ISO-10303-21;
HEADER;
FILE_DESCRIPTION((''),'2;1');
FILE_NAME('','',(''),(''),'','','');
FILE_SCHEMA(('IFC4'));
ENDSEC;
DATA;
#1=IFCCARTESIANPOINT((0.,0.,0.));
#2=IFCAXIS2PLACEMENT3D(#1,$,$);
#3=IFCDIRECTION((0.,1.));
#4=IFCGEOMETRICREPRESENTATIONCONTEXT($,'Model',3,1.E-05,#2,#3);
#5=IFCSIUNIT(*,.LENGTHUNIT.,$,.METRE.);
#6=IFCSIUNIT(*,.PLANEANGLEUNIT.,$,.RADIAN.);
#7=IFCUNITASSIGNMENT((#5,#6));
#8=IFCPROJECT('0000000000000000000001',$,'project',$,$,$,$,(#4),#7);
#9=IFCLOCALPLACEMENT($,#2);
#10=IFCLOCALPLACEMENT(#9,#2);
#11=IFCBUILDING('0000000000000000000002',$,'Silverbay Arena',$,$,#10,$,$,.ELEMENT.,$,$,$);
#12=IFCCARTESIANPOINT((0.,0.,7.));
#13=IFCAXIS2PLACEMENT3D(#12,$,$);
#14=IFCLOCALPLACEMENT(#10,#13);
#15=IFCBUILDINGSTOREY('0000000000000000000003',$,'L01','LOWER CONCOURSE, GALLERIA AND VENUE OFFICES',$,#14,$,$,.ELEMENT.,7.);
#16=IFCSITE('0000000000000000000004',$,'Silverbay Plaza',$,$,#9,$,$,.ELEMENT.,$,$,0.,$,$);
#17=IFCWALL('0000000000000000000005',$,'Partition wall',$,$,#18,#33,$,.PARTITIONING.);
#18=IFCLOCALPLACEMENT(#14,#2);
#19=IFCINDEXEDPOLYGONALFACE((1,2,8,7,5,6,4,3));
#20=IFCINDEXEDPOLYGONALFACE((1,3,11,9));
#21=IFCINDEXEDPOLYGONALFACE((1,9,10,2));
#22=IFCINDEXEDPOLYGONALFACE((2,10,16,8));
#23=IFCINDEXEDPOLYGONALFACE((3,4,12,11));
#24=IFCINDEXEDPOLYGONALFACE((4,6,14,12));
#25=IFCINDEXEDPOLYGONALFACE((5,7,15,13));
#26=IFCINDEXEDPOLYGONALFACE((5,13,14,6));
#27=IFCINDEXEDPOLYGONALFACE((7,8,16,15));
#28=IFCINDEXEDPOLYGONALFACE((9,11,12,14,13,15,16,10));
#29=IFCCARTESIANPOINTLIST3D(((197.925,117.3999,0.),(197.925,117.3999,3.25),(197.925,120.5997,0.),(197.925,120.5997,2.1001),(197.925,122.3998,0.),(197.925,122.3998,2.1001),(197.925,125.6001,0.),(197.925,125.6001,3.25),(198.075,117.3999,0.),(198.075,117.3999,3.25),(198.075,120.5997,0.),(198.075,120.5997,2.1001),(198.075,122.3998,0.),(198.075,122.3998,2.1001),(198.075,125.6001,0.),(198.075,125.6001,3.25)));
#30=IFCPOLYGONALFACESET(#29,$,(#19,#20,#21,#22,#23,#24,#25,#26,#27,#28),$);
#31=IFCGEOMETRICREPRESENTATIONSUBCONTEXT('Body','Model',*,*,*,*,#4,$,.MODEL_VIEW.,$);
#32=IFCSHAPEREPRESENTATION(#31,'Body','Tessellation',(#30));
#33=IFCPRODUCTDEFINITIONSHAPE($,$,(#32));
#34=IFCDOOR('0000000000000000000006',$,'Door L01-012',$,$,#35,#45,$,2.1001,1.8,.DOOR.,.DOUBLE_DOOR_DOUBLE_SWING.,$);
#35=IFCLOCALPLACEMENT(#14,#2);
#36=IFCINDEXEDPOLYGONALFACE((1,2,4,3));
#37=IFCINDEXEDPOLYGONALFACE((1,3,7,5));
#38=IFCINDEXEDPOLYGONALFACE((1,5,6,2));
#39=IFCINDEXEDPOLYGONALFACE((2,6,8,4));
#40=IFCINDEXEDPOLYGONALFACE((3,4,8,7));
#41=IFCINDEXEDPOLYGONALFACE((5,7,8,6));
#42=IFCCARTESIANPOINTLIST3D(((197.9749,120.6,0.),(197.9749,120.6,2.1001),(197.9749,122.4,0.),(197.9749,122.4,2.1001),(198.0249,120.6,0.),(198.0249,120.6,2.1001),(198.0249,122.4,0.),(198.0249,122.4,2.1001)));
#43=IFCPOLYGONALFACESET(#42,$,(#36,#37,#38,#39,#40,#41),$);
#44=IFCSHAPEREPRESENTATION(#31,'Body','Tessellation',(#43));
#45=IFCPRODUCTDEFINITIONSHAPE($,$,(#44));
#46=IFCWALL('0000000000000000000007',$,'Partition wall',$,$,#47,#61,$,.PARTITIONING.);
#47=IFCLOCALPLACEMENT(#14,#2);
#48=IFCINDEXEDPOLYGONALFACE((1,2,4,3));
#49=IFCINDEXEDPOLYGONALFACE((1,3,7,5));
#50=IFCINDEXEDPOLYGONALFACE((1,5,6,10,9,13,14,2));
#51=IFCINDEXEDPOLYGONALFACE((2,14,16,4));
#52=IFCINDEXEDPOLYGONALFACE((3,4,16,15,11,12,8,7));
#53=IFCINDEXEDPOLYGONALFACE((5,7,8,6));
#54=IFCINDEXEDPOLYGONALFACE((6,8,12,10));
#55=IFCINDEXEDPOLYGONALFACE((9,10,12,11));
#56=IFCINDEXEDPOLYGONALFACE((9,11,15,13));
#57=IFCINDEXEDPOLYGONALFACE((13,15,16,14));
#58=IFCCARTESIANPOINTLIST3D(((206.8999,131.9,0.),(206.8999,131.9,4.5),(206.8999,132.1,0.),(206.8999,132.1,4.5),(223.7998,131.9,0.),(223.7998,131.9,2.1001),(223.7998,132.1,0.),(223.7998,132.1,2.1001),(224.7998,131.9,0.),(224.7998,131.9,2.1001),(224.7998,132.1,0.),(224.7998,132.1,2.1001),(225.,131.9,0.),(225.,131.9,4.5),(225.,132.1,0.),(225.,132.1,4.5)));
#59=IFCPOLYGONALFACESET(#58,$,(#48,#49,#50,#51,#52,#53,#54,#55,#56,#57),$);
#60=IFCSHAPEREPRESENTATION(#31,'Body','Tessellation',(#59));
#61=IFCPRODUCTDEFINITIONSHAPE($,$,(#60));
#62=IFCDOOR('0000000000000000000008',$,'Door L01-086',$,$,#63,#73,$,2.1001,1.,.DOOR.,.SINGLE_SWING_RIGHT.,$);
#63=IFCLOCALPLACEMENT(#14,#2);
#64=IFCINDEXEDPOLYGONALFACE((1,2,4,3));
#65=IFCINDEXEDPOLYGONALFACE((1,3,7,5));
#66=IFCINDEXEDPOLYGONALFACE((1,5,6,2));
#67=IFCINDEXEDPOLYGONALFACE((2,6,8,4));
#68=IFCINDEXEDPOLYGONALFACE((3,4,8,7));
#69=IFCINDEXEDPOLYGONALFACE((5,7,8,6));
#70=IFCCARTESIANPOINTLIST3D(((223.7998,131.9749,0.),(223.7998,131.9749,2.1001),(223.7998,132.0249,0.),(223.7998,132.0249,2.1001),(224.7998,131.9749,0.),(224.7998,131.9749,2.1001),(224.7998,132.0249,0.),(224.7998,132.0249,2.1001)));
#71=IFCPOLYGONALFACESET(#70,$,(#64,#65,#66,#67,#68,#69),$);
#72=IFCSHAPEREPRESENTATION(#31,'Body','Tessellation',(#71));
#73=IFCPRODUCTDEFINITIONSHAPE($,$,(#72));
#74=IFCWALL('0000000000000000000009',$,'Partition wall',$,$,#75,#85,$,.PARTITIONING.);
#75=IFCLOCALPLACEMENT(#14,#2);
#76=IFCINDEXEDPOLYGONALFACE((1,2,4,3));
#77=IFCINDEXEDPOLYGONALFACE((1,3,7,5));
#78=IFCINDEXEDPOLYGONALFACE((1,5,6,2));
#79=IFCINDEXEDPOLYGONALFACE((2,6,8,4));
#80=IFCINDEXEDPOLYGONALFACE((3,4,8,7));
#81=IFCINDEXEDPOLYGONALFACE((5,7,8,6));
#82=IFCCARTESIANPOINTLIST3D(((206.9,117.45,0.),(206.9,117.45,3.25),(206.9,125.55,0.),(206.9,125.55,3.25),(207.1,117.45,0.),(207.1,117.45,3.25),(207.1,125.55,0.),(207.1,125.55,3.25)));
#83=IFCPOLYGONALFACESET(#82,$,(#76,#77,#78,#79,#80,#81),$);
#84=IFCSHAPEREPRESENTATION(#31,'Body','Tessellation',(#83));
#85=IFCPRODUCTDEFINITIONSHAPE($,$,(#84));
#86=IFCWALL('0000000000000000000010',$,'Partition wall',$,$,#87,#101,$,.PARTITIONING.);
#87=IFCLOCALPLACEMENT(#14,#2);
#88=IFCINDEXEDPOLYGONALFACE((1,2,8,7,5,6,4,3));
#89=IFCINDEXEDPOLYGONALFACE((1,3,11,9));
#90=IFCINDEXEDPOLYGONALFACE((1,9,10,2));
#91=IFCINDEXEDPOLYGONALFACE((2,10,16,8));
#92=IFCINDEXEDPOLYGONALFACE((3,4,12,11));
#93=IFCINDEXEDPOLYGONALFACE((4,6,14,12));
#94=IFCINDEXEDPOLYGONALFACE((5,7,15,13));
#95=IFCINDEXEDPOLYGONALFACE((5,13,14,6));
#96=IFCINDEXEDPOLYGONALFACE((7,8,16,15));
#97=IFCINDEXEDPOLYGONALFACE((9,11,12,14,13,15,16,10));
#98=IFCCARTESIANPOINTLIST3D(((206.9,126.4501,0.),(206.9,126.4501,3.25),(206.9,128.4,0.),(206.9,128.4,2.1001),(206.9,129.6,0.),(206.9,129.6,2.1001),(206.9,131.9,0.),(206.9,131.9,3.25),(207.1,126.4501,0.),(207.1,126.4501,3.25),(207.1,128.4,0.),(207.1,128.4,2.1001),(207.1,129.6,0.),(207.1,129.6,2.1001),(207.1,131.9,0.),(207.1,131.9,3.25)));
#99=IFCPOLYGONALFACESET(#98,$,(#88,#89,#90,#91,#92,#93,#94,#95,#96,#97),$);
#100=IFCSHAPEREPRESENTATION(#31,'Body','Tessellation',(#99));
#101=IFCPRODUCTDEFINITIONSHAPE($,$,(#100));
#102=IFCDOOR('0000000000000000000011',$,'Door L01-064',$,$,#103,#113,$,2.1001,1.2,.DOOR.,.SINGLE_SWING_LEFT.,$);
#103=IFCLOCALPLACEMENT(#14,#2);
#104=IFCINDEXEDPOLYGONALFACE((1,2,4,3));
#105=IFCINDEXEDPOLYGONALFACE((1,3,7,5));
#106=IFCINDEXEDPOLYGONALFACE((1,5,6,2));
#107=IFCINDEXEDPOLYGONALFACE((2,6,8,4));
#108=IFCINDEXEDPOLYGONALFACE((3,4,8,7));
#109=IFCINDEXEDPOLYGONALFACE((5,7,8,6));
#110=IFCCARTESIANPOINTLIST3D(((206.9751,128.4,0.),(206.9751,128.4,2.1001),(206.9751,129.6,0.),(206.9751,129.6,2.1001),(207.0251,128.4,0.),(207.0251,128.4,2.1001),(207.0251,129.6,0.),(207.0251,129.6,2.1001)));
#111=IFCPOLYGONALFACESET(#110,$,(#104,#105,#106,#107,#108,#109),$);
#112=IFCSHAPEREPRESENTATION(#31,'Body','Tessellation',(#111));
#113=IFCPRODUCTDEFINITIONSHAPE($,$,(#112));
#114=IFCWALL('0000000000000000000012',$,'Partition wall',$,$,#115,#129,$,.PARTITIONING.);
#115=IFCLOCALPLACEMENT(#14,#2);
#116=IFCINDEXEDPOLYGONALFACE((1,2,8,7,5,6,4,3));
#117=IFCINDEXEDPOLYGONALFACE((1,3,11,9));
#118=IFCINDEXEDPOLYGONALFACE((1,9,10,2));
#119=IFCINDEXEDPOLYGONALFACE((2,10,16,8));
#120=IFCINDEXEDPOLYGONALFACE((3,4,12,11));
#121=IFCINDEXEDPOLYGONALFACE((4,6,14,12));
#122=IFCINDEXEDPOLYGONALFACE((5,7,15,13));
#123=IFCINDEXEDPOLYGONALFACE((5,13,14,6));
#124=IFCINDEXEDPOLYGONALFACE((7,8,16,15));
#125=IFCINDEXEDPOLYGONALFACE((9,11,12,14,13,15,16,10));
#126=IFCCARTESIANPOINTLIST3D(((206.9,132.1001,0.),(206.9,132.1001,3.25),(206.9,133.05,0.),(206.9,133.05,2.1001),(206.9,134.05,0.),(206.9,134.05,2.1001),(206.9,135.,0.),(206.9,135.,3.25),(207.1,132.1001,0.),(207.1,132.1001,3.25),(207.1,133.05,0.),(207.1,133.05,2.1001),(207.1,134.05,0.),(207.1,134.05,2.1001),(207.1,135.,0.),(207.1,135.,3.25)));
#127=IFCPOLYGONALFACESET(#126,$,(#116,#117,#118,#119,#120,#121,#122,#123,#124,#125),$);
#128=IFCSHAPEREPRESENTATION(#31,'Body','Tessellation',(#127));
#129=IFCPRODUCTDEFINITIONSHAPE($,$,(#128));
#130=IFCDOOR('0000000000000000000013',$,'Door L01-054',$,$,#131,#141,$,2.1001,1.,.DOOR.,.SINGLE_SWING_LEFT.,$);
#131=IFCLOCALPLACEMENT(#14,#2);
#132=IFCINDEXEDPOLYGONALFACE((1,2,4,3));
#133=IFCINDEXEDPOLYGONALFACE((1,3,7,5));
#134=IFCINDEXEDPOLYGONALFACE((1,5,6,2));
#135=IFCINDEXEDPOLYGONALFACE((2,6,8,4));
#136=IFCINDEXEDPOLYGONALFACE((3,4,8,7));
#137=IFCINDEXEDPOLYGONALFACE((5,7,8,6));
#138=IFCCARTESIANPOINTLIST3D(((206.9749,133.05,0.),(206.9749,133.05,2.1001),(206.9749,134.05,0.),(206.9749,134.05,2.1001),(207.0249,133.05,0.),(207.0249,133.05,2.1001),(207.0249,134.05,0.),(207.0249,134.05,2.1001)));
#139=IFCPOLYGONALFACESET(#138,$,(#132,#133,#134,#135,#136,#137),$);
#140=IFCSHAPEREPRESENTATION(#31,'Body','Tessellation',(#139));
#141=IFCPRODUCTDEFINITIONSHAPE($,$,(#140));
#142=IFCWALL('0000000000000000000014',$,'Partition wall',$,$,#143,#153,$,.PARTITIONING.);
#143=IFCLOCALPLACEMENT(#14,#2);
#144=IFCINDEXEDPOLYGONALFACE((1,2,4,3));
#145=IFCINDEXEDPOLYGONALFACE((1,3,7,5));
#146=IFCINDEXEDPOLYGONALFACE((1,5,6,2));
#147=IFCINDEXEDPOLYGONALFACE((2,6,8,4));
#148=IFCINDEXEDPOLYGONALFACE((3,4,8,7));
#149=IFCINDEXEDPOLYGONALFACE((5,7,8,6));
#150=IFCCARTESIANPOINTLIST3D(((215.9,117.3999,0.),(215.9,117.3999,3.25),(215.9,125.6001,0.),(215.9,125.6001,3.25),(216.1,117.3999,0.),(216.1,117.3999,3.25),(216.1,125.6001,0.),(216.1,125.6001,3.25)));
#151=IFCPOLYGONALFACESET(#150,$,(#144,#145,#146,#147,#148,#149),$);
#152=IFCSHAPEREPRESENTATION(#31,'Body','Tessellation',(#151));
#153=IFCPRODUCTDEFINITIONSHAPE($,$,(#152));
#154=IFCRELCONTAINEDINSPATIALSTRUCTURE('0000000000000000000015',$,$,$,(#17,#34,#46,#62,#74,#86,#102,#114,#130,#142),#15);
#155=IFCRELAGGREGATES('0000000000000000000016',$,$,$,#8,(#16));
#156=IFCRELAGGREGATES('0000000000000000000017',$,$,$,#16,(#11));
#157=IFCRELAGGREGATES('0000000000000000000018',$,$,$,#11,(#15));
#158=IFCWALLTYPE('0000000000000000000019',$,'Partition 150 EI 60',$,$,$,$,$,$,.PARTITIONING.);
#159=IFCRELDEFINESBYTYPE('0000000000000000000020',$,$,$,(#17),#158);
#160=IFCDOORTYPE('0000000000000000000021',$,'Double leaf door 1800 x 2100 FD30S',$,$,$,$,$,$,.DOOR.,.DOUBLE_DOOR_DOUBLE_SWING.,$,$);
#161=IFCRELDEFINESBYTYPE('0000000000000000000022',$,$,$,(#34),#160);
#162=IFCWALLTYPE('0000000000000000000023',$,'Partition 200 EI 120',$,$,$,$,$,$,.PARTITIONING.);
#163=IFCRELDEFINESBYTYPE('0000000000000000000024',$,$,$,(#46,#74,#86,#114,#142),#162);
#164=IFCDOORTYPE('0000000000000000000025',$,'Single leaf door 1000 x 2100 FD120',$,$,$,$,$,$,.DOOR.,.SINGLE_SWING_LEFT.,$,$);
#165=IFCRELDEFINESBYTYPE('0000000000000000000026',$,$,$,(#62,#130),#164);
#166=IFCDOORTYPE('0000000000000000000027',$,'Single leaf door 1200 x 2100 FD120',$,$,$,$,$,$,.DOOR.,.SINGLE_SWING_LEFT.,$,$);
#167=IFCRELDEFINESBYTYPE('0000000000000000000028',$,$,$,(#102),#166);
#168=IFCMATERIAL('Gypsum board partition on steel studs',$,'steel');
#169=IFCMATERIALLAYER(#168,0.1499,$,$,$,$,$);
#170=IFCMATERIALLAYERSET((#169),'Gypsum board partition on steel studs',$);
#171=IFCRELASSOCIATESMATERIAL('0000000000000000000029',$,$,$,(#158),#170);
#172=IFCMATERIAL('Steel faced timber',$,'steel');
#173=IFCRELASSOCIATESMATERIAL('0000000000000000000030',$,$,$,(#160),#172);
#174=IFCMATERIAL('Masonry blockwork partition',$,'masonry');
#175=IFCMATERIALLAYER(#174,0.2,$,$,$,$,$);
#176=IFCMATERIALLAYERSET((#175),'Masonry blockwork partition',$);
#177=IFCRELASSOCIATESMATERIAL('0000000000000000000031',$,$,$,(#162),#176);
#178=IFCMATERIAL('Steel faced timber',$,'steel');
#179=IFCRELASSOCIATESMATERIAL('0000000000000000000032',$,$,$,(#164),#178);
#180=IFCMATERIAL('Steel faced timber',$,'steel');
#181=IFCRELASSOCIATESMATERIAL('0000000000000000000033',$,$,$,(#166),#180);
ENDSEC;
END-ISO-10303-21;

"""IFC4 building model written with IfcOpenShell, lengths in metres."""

from ifc_helpers import new_model, si_unit, direction, frame, frame_2d, origin, place, context, subcontext, project, spatial, rectangle, extrude, material, layer, layer_set, type_object, element, fill, save


model = new_model("IFC4")

# Units and contexts
model_context = context("Model", 3, precision=1e-05, world=origin(), true_north=direction((0.0, 1.0)))
body_context = subcontext(model_context, "Body", "Model", "MODEL_VIEW")
ifc_project = project(units=[si_unit("LENGTHUNIT", "METRE"), si_unit("PLANEANGLEUNIT", "RADIAN")], contexts=[model_context])

# Site, building, storey
site_placement = place(None, origin())
site = spatial("IfcSite", under=ifc_project, at=site_placement, Name="Silverbay Plaza", CompositionType="ELEMENT", RefElevation=0.0)
building_placement = place(site_placement, origin())
building = spatial("IfcBuilding", under=site, at=building_placement, Name="Silverbay Arena", CompositionType="ELEMENT")
storey_placement = place(building_placement, frame((0.0, 0.0, 7.0)))
storey = spatial("IfcBuildingStorey", under=building, at=storey_placement, Name="L01", Description="LOWER CONCOURSE, GALLERIA AND VENUE OFFICES", CompositionType="ELEMENT", Elevation=7.0)

# Shared definitions
ifc_material_1 = material(Name="Gypsum board partition on steel studs", Category="steel")
ifc_layer_1 = layer(ifc_material_1, 0.1499)
ifc_layer_set_1 = layer_set([ifc_layer_1], Name="Gypsum board partition on steel studs")
wall_type_1 = type_object("IfcWallType", Name="Partition 150 EI 60", PredefinedType="PARTITIONING", material=ifc_layer_set_1)

# Walls, openings, doors
wall_1_placement = place(storey_placement, frame((198.0, 117.3999, 0.0), z_axis=(0.0, 0.0, 1.0), x_axis=(0.0, 1.0, 0.0)))
wall_1 = element("IfcWall", 1, at=wall_1_placement, inside=storey, type_object=wall_type_1, Name="Partition wall", PredefinedType="PARTITIONING", context=body_context, shape_type="SweptSolid", body=[
    extrude(rectangle(XDim=8.2002, YDim=0.1499, at=frame_2d((4.1001, 0.0))), origin(), (0.0, 0.0, 1.0), 3.25),
])
opening_1_placement = place(wall_1_placement, frame((3.2, 0.0, 0.0)))
opening_1 = element("IfcOpeningElement", 2, at=opening_1_placement, cuts=wall_1, PredefinedType="OPENING", context=body_context, shape_type="SweptSolid", body=[
    extrude(rectangle(XDim=1.8, YDim=2.1001, at=frame_2d((0.8999, 1.05))), frame((0.0, 0.085, 0.0), z_axis=(0.0, -1.0, 0.0), x_axis=(1.0, 0.0, 0.0)), (0.0, 0.0, 1.0), 0.1699),
])
ifc_material_2 = material(Name="Steel faced timber", Category="steel")
door_type_1 = type_object("IfcDoorType", Name="Double leaf door 1800 x 2100 FD30S", OperationType="DOUBLE_DOOR_DOUBLE_SWING", PredefinedType="DOOR", material=ifc_material_2)
door_1_placement = place(opening_1_placement, frame((1.8, 0.0, 0.0), z_axis=(0.0, 0.0, 1.0), x_axis=(-1.0, 0.0, 0.0)))
door_1 = element("IfcDoor", 3, at=door_1_placement, inside=storey, type_object=door_type_1, Name="Door L01-012", OperationType="DOUBLE_DOOR_DOUBLE_SWING", OverallHeight=2.1001, OverallWidth=1.8, PredefinedType="DOOR", context=body_context, shape_type="SweptSolid", body=[
    extrude(rectangle(XDim=1.8, YDim=2.1001, at=frame_2d((0.8999, 1.05))), frame((0.0, 0.0249, 0.0), z_axis=(0.0, -1.0, 0.0), x_axis=(1.0, 0.0, 0.0)), (0.0, 0.0, 1.0), 0.05),
])
fill(opening_1, door_1)
ifc_material_3 = material(Name="Masonry blockwork partition", Category="masonry")
ifc_layer_2 = layer(ifc_material_3, 0.2)
ifc_layer_set_2 = layer_set([ifc_layer_2], Name="Masonry blockwork partition")
wall_type_2 = type_object("IfcWallType", Name="Partition 200 EI 120", PredefinedType="PARTITIONING", material=ifc_layer_set_2)
wall_2_placement = place(storey_placement, frame((206.8999, 132.0, 0.0), z_axis=(0.0, 0.0, 1.0), x_axis=(1.0, 0.0, 0.0)))
wall_2 = element("IfcWall", 4, at=wall_2_placement, inside=storey, type_object=wall_type_2, Name="Partition wall", PredefinedType="PARTITIONING", context=body_context, shape_type="SweptSolid", body=[
    extrude(rectangle(XDim=18.1001, YDim=0.2, at=frame_2d((9.05, 0.0))), origin(), (0.0, 0.0, 1.0), 4.5),
])
opening_2_placement = place(wall_2_placement, frame((16.8999, 0.0, 0.0)))
opening_2 = element("IfcOpeningElement", 5, at=opening_2_placement, cuts=wall_2, PredefinedType="OPENING", context=body_context, shape_type="SweptSolid", body=[
    extrude(rectangle(XDim=1.0, YDim=2.1001, at=frame_2d((0.5, 1.05))), frame((0.0, 0.1099, 0.0), z_axis=(0.0, -1.0, 0.0), x_axis=(1.0, 0.0, 0.0)), (0.0, 0.0, 1.0), 0.22),
])
ifc_material_4 = material(Name="Steel faced timber", Category="steel")
door_type_2 = type_object("IfcDoorType", Name="Single leaf door 1000 x 2100 FD120", OperationType="SINGLE_SWING_LEFT", PredefinedType="DOOR", material=ifc_material_4)
door_2_placement = place(opening_2_placement, origin())
door_2 = element("IfcDoor", 6, at=door_2_placement, inside=storey, type_object=door_type_2, Name="Door L01-086", OperationType="SINGLE_SWING_RIGHT", OverallHeight=2.1001, OverallWidth=1.0, PredefinedType="DOOR", context=body_context, shape_type="SweptSolid", body=[
    extrude(rectangle(XDim=1.0, YDim=2.1001, at=frame_2d((0.5, 1.05))), frame((0.0, 0.0249, 0.0), z_axis=(0.0, -1.0, 0.0), x_axis=(1.0, 0.0, 0.0)), (0.0, 0.0, 1.0), 0.05),
])
fill(opening_2, door_2)

# Wall
wall_3_placement = place(storey_placement, frame((207.0, 117.45, 0.0), z_axis=(0.0, 0.0, 1.0), x_axis=(0.0, 1.0, 0.0)))
element("IfcWall", 7, at=wall_3_placement, inside=storey, type_object=wall_type_2, Name="Partition wall", PredefinedType="PARTITIONING", context=body_context, shape_type="SweptSolid", body=[
    extrude(rectangle(XDim=8.1001, YDim=0.2, at=frame_2d((4.05, 0.0))), origin(), (0.0, 0.0, 1.0), 3.25),
])

# Walls, openings, doors
wall_4_placement = place(storey_placement, frame((207.0, 126.45, 0.0), z_axis=(0.0, 0.0, 1.0), x_axis=(0.0, 1.0, 0.0)))
wall_4 = element("IfcWall", 8, at=wall_4_placement, inside=storey, type_object=wall_type_2, Name="Partition wall", PredefinedType="PARTITIONING", context=body_context, shape_type="SweptSolid", body=[
    extrude(rectangle(XDim=5.45, YDim=0.2, at=frame_2d((2.7251, 0.0))), origin(), (0.0, 0.0, 1.0), 3.25),
])
opening_3_placement = place(wall_4_placement, frame((1.95, 0.0, 0.0)))
opening_3 = element("IfcOpeningElement", 9, at=opening_3_placement, cuts=wall_4, PredefinedType="OPENING", context=body_context, shape_type="SweptSolid", body=[
    extrude(rectangle(XDim=1.2, YDim=2.1001, at=frame_2d((0.6001, 1.05))), frame((0.0, 0.1099, 0.0), z_axis=(0.0, -1.0, 0.0), x_axis=(1.0, 0.0, 0.0)), (0.0, 0.0, 1.0), 0.22),
])
ifc_material_5 = material(Name="Steel faced timber", Category="steel")
door_type_3 = type_object("IfcDoorType", Name="Single leaf door 1200 x 2100 FD120", OperationType="SINGLE_SWING_LEFT", PredefinedType="DOOR", material=ifc_material_5)
door_3_placement = place(opening_3_placement, origin())
door_3 = element("IfcDoor", 10, at=door_3_placement, inside=storey, type_object=door_type_3, Name="Door L01-064", OperationType="SINGLE_SWING_LEFT", OverallHeight=2.1001, OverallWidth=1.2, PredefinedType="DOOR", context=body_context, shape_type="SweptSolid", body=[
    extrude(rectangle(XDim=1.2, YDim=2.1001, at=frame_2d((0.6001, 1.05))), frame((0.0, 0.0249, 0.0), z_axis=(0.0, -1.0, 0.0), x_axis=(1.0, 0.0, 0.0)), (0.0, 0.0, 1.0), 0.05),
])
fill(opening_3, door_3)
wall_5_placement = place(storey_placement, frame((207.0, 132.1001, 0.0), z_axis=(0.0, 0.0, 1.0), x_axis=(0.0, 1.0, 0.0)))
wall_5 = element("IfcWall", 11, at=wall_5_placement, inside=storey, type_object=wall_type_2, Name="Partition wall", PredefinedType="PARTITIONING", context=body_context, shape_type="SweptSolid", body=[
    extrude(rectangle(XDim=2.8999, YDim=0.2, at=frame_2d((1.45, 0.0))), origin(), (0.0, 0.0, 1.0), 3.25),
])
opening_4_placement = place(wall_5_placement, frame((0.95, 0.0, 0.0)))
opening_4 = element("IfcOpeningElement", 12, at=opening_4_placement, cuts=wall_5, PredefinedType="OPENING", context=body_context, shape_type="SweptSolid", body=[
    extrude(rectangle(XDim=1.0, YDim=2.1001, at=frame_2d((0.5, 1.05))), frame((0.0, 0.1099, 0.0), z_axis=(0.0, -1.0, 0.0), x_axis=(1.0, 0.0, 0.0)), (0.0, 0.0, 1.0), 0.22),
])
door_4_placement = place(opening_4_placement, frame((1.0, 0.0, 0.0), z_axis=(0.0, 0.0, 1.0), x_axis=(-1.0, 0.0, 0.0)))
door_4 = element("IfcDoor", 13, at=door_4_placement, inside=storey, type_object=door_type_2, Name="Door L01-054", OperationType="SINGLE_SWING_LEFT", OverallHeight=2.1001, OverallWidth=1.0, PredefinedType="DOOR", context=body_context, shape_type="SweptSolid", body=[
    extrude(rectangle(XDim=1.0, YDim=2.1001, at=frame_2d((0.5, 1.05))), frame((0.0, 0.0249, 0.0), z_axis=(0.0, -1.0, 0.0), x_axis=(1.0, 0.0, 0.0)), (0.0, 0.0, 1.0), 0.05),
])
fill(opening_4, door_4)

# Wall
wall_6_placement = place(storey_placement, frame((216.0, 117.3999, 0.0), z_axis=(0.0, 0.0, 1.0), x_axis=(0.0, 1.0, 0.0)))
element("IfcWall", 14, at=wall_6_placement, inside=storey, type_object=wall_type_2, Name="Partition wall", PredefinedType="PARTITIONING", context=body_context, shape_type="SweptSolid", body=[
    extrude(rectangle(XDim=8.2002, YDim=0.2, at=frame_2d((4.1001, 0.0))), origin(), (0.0, 0.0, 1.0), 3.25),
])

save(model, "model.ifc")
